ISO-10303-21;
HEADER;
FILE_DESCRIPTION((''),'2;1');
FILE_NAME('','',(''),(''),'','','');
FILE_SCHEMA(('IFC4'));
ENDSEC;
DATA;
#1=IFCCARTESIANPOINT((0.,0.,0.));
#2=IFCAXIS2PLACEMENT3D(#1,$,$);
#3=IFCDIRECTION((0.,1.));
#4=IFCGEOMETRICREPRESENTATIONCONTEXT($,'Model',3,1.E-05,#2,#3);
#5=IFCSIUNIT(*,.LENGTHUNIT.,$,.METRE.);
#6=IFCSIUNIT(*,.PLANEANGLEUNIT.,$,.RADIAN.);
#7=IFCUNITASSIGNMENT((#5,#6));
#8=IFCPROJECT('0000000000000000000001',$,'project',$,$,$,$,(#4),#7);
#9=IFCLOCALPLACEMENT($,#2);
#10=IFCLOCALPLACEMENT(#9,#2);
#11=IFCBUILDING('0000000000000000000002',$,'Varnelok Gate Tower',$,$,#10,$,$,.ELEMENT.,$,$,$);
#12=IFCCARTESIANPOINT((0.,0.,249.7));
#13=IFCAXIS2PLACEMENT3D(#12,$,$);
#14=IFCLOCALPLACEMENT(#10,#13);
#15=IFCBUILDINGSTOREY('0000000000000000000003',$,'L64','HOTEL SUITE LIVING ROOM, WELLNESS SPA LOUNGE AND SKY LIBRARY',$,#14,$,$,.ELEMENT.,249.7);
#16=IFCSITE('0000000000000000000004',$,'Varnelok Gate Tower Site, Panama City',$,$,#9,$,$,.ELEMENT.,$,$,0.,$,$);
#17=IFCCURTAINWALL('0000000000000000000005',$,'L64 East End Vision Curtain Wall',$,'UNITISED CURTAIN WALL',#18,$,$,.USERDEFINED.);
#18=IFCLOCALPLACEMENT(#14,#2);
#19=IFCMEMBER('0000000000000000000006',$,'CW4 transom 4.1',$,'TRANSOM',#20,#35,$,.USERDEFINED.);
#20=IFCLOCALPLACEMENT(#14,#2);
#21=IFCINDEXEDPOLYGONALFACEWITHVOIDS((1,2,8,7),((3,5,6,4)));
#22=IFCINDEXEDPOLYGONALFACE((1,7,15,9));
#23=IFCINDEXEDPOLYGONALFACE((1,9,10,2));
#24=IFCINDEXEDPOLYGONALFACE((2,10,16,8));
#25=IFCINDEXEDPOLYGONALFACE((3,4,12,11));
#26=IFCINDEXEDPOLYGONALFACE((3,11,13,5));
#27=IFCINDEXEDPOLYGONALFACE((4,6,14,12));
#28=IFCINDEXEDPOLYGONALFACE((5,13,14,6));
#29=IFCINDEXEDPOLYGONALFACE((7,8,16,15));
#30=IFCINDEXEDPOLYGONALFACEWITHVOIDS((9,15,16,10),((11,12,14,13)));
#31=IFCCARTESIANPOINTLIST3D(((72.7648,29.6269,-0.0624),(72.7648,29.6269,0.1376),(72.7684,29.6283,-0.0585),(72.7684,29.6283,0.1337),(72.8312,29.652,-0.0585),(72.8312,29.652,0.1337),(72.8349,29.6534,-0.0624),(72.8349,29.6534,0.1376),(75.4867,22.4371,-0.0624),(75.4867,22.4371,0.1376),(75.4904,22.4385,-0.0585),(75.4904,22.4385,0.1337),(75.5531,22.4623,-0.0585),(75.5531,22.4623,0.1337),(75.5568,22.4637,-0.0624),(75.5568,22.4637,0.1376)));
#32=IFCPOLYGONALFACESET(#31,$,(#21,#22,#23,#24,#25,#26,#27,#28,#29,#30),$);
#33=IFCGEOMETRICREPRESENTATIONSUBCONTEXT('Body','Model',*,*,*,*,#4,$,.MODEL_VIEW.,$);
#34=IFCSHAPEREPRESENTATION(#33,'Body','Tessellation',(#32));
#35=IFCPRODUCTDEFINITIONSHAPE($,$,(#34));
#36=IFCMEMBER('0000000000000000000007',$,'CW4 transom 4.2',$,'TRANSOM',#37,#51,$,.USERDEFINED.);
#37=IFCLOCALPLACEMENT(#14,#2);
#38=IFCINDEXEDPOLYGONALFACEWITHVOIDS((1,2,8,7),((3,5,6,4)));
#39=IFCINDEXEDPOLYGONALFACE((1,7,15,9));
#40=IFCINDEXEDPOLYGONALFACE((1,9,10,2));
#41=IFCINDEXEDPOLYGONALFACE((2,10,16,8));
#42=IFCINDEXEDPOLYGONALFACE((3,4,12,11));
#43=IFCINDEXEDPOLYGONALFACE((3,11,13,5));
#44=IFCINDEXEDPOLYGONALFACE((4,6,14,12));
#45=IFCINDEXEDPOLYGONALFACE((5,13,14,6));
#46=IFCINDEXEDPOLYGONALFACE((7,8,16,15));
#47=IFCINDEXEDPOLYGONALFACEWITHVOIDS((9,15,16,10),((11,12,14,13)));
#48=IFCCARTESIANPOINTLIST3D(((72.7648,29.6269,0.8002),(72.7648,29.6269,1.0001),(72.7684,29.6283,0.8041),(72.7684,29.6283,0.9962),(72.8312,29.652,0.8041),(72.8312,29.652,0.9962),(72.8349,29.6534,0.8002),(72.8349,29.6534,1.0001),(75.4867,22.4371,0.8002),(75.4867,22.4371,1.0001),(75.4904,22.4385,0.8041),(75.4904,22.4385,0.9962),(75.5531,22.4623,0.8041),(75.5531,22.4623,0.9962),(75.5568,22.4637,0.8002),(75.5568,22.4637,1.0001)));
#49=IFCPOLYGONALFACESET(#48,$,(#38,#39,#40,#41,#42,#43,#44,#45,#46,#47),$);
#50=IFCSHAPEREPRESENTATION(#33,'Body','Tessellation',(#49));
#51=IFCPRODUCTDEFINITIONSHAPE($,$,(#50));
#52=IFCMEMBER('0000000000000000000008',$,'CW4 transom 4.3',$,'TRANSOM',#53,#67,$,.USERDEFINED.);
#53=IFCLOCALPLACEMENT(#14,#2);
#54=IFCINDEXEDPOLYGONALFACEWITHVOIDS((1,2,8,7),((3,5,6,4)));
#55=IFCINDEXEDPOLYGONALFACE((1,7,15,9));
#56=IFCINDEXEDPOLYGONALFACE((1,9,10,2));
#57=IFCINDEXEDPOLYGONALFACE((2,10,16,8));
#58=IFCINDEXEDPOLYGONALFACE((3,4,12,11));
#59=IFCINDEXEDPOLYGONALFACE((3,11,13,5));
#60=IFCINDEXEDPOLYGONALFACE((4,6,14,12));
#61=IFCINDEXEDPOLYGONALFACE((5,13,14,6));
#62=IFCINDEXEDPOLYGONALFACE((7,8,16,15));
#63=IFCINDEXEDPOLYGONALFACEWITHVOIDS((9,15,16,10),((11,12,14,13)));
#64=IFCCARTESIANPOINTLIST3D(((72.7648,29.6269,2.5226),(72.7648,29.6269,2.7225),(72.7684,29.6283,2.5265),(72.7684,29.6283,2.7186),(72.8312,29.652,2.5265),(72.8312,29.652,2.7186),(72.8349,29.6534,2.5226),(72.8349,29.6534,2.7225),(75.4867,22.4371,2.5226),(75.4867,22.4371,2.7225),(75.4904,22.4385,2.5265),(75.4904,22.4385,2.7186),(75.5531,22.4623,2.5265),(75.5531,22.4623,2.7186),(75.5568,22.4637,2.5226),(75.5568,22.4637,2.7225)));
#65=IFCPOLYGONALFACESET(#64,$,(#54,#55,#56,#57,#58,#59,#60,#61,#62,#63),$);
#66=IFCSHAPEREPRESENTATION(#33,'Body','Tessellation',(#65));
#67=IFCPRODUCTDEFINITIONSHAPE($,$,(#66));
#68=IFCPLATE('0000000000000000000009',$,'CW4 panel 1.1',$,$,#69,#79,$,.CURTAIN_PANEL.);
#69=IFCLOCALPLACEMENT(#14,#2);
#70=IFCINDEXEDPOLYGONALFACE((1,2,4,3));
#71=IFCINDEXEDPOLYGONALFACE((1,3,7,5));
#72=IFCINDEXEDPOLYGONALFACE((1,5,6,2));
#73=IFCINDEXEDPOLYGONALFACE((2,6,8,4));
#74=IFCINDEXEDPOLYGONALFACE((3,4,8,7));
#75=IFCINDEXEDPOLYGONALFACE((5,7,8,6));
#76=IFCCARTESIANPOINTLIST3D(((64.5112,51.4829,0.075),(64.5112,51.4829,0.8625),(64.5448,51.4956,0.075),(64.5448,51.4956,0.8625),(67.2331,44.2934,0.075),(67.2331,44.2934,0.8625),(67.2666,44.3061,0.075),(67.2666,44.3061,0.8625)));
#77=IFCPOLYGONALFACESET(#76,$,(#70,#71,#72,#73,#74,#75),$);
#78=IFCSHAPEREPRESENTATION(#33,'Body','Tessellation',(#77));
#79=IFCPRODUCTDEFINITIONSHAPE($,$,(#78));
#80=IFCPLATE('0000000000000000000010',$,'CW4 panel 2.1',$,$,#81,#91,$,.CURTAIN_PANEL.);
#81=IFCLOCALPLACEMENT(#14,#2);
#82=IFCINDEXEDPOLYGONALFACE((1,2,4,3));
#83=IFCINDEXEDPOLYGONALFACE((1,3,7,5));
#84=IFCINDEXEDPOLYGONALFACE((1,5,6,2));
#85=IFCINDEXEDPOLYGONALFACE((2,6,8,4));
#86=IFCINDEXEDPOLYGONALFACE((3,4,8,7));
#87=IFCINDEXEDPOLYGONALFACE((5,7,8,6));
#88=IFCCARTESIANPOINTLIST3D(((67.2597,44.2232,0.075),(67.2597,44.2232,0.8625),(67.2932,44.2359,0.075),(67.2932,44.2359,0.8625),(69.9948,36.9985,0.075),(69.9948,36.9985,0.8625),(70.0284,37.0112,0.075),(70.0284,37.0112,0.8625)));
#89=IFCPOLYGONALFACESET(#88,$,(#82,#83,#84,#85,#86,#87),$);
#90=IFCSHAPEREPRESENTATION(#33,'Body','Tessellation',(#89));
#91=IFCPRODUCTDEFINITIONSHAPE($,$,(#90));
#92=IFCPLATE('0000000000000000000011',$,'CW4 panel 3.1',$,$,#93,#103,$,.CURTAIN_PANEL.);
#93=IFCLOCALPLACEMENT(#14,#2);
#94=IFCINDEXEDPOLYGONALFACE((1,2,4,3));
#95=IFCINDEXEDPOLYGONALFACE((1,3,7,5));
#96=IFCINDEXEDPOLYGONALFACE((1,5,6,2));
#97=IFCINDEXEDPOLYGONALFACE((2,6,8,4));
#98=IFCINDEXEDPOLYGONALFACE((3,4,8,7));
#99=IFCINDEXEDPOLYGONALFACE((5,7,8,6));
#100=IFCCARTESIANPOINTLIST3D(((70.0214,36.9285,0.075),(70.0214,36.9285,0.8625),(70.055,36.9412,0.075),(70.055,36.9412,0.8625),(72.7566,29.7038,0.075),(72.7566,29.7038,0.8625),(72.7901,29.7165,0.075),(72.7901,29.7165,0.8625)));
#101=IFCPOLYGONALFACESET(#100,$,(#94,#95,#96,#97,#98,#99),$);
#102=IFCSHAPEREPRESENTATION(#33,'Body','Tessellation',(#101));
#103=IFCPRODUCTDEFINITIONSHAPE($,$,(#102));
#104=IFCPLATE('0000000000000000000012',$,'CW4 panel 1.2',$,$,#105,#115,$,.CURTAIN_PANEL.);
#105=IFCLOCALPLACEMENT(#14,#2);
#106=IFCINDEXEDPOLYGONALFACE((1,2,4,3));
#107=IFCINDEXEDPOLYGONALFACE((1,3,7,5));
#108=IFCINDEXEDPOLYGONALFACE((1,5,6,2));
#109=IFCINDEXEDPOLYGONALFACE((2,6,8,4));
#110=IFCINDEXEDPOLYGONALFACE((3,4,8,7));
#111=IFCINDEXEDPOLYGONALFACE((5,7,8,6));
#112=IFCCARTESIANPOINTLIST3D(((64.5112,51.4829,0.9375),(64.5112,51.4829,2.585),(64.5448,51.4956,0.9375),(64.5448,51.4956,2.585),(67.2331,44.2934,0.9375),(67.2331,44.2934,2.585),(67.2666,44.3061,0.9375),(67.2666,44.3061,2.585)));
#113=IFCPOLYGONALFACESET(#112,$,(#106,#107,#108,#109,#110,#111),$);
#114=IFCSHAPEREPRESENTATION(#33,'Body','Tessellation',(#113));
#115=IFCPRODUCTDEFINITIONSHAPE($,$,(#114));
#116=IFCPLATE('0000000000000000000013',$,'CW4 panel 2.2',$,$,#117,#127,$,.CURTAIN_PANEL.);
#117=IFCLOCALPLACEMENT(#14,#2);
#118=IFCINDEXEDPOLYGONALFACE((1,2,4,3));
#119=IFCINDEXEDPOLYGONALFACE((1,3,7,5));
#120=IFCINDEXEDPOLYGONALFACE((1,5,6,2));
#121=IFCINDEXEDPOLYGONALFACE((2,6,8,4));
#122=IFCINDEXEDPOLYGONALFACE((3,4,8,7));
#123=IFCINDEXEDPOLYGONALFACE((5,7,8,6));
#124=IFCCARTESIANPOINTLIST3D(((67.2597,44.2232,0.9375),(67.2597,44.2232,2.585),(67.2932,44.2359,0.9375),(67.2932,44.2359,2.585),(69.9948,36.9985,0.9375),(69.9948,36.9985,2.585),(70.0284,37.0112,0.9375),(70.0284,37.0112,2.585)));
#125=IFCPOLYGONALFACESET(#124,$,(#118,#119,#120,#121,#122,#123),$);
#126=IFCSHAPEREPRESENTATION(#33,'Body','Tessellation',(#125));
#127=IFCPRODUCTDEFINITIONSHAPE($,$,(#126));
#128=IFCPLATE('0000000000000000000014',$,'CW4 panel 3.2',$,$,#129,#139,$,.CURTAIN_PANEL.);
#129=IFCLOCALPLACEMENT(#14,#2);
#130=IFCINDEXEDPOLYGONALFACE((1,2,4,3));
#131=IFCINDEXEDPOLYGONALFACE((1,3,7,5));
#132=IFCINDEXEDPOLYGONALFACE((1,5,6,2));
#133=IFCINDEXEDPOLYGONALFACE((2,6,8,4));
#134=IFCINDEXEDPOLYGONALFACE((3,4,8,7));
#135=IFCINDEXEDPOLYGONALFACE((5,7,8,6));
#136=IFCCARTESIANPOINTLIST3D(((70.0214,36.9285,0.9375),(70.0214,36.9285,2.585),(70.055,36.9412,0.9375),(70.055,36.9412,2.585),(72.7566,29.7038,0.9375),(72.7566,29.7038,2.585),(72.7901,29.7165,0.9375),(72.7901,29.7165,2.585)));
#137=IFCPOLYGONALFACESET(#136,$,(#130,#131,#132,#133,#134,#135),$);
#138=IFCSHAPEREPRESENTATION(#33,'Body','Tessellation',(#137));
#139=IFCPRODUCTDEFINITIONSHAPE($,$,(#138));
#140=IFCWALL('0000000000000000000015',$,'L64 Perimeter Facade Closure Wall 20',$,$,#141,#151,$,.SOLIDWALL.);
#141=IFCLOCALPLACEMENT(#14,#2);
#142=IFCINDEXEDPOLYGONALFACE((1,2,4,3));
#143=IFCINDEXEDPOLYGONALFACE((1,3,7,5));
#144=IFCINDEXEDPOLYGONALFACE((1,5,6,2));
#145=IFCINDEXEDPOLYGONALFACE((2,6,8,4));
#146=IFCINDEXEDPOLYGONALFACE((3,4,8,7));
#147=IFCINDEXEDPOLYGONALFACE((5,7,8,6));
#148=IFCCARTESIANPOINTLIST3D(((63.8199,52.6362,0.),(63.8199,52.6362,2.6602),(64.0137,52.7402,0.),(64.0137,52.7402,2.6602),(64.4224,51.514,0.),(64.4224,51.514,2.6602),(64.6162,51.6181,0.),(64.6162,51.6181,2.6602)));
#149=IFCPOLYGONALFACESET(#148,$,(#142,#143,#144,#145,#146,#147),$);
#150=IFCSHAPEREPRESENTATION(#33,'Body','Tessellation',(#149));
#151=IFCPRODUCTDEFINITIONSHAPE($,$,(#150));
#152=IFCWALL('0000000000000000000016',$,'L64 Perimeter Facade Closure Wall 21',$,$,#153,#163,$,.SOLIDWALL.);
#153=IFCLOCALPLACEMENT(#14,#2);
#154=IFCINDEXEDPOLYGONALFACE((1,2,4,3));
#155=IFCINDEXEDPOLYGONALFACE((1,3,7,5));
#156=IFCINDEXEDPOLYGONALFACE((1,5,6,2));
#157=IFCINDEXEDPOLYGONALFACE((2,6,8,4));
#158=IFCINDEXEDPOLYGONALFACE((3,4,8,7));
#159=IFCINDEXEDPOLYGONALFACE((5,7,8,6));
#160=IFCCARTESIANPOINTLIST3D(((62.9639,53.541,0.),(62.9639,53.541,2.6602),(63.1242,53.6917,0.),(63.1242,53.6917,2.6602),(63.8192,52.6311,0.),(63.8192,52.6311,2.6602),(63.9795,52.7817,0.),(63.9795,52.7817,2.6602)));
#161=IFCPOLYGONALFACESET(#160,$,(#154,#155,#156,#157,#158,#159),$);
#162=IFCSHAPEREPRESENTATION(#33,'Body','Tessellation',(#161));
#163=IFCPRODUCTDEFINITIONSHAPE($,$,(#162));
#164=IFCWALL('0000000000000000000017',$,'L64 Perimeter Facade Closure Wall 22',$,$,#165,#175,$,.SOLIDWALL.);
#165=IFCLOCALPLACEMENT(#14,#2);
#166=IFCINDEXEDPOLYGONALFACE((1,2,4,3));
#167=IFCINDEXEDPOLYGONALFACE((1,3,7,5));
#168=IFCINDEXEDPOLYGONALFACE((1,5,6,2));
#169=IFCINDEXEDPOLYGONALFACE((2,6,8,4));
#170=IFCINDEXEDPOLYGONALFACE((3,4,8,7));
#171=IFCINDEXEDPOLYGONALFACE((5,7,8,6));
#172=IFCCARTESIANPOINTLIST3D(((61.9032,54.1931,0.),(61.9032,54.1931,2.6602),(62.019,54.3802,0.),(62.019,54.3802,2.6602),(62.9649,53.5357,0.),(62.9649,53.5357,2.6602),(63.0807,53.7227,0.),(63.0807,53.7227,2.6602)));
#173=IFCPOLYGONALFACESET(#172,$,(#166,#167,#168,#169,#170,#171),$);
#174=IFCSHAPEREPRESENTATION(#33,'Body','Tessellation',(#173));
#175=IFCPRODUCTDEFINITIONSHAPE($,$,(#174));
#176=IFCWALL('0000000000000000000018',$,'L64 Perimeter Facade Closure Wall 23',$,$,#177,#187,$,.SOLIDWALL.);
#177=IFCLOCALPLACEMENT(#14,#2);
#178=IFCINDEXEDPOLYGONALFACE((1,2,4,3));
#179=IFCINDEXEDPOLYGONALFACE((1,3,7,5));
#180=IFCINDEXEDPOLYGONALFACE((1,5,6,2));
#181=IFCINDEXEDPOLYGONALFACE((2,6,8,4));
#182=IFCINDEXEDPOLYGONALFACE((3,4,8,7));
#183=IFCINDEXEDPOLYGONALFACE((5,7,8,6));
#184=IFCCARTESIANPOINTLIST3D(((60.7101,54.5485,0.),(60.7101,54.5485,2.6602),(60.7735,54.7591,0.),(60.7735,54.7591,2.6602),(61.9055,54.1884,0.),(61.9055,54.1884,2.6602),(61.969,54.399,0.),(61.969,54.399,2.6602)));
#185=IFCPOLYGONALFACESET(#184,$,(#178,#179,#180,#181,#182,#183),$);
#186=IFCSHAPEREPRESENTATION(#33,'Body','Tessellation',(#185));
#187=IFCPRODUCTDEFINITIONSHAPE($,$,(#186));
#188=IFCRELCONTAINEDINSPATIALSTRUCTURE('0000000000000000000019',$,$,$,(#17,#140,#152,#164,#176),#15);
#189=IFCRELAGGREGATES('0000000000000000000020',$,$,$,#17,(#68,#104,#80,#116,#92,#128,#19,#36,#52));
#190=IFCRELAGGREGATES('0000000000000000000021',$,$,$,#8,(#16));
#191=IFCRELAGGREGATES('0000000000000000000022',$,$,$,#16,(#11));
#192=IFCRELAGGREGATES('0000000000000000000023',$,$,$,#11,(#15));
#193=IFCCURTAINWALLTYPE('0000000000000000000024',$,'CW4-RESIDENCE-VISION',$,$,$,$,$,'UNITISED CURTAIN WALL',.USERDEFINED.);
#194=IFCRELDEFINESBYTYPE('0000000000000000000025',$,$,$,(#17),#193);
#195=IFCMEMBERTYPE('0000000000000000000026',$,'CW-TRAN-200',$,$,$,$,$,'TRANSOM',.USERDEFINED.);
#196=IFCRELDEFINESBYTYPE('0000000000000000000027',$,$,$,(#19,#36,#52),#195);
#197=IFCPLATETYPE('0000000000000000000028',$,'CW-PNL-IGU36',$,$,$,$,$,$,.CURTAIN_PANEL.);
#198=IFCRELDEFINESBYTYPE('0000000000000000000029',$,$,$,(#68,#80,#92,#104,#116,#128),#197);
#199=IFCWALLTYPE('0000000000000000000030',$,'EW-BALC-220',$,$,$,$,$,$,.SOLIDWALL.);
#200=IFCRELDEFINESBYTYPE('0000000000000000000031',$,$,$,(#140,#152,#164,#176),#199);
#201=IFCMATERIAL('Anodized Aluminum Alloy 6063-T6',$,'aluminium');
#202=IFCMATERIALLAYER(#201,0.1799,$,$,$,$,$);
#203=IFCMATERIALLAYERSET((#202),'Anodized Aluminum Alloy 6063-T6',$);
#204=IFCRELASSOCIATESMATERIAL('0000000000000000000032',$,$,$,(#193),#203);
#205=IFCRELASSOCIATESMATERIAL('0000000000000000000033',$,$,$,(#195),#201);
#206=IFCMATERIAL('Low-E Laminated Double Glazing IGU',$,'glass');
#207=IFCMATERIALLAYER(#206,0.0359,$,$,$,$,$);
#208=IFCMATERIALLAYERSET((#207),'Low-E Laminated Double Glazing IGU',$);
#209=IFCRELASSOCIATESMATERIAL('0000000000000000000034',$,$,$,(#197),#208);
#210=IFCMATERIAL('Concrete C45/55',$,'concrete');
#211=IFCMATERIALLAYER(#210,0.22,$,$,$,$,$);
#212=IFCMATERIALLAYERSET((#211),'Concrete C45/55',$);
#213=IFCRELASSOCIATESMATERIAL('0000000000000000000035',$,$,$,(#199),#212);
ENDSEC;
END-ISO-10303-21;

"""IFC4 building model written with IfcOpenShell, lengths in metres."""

from ifc_helpers import new_model, si_unit, direction, frame, frame_2d, origin, origin_2d, place, context, subcontext, project, spatial, rectangle, hollow_rectangle, extrude, source, transform, mapped, material, layer, layer_set, material_profile, profile_set, type_object, element, aggregate, save


model = new_model("IFC4")

# Units and contexts
model_context = context("Model", 3, precision=1e-05, world=origin(), true_north=direction((0.0, 1.0)))
body_context = subcontext(model_context, "Body", "Model", "MODEL_VIEW")
ifc_project = project(units=[si_unit("LENGTHUNIT", "METRE"), si_unit("PLANEANGLEUNIT", "RADIAN")], contexts=[model_context])

# Site, building, storey
site_placement = place(None, origin())
site = spatial("IfcSite", under=ifc_project, at=site_placement, Name="Varnelok Gate Tower Site, Panama City", CompositionType="ELEMENT", RefElevation=0.0)
building_placement = place(site_placement, origin())
building = spatial("IfcBuilding", under=site, at=building_placement, Name="Varnelok Gate Tower", CompositionType="ELEMENT")
storey_placement = place(building_placement, frame((0.0, 0.0, 249.7)))
storey = spatial("IfcBuildingStorey", under=building, at=storey_placement, Name="L64", Description="HOTEL SUITE LIVING ROOM, WELLNESS SPA LOUNGE AND SKY LIBRARY", CompositionType="ELEMENT", Elevation=249.7)

# Curtain wall, members, plates
ifc_material_1 = material(Name="Anodized Aluminum Alloy 6063-T6", Category="aluminium")
ifc_layer_1 = layer(ifc_material_1, 0.1799)
ifc_layer_set_1 = layer_set([ifc_layer_1], Name="Anodized Aluminum Alloy 6063-T6")
curtain_wall_type = type_object("IfcCurtainWallType", Name="CW4-RESIDENCE-VISION", ElementType="UNITISED CURTAIN WALL", PredefinedType="USERDEFINED", material=ifc_layer_set_1)
curtain_wall_placement = place(storey_placement, origin())
curtain_wall = element("IfcCurtainWall", 1, at=curtain_wall_placement, inside=storey, type_object=curtain_wall_type, Name="L64 East End Vision Curtain Wall", ObjectType="UNITISED CURTAIN WALL", PredefinedType="USERDEFINED")
ifc_material_profile_1 = material_profile(ifc_material_1, hollow_rectangle(XDim=0.075, YDim=0.2, WallThickness=0.0039, at=origin_2d()), Name="ALU200X75X4")
ifc_profile_set_1 = profile_set([ifc_material_profile_1], Name="Anodized Aluminum Alloy 6063-T6")
member_type_1 = type_object("IfcMemberType", Name="CW-TRAN-200", ElementType="TRANSOM", PredefinedType="USERDEFINED", material=ifc_profile_set_1)
member_1_placement = place(storey_placement, frame((72.7998, 29.6401, 0.0376), z_axis=(0.354063, -0.935222, 0.0), x_axis=(0.935222, 0.354063, 0.0)))
member_1 = element("IfcMember", 2, at=member_1_placement, type_object=member_type_1, Name="CW4 transom 4.1", ObjectType="TRANSOM", PredefinedType="USERDEFINED", context=body_context, shape_type="SweptSolid", body=[
    extrude(hollow_rectangle(XDim=0.075, YDim=0.2, WallThickness=0.0039, at=origin_2d()), origin(), (0.0, 0.0, 1.0), 7.6877),
])
member_2_placement = place(storey_placement, frame((72.7998, 29.6401, 0.9001), z_axis=(0.354063, -0.935222, 0.0), x_axis=(0.935222, 0.354063, 0.0)))
member_2 = element("IfcMember", 3, at=member_2_placement, type_object=member_type_1, Name="CW4 transom 4.2", ObjectType="TRANSOM", PredefinedType="USERDEFINED", context=body_context, shape_type="SweptSolid", body=[
    extrude(hollow_rectangle(XDim=0.075, YDim=0.2, WallThickness=0.0039, at=origin_2d()), origin(), (0.0, 0.0, 1.0), 7.6877),
])
member_3_placement = place(storey_placement, frame((72.7998, 29.6401, 2.6226), z_axis=(0.354063, -0.935222, 0.0), x_axis=(0.935222, 0.354063, 0.0)))
member_3 = element("IfcMember", 4, at=member_3_placement, type_object=member_type_1, Name="CW4 transom 4.3", ObjectType="TRANSOM", PredefinedType="USERDEFINED", context=body_context, shape_type="SweptSolid", body=[
    extrude(hollow_rectangle(XDim=0.075, YDim=0.2, WallThickness=0.0039, at=origin_2d()), origin(), (0.0, 0.0, 1.0), 7.6877),
])
ifc_material_2 = material(Name="Low-E Laminated Double Glazing IGU", Category="glass")
ifc_layer_2 = layer(ifc_material_2, 0.0359)
ifc_layer_set_2 = layer_set([ifc_layer_2], Name="Low-E Laminated Double Glazing IGU")
plate_type = type_object("IfcPlateType", Name="CW-PNL-IGU36", PredefinedType="CURTAIN_PANEL", material=ifc_layer_set_2)
shared_shape_1 = source(origin(), body_context, "Body", "SweptSolid", [
    extrude(rectangle(XDim=7.6875, YDim=0.0359, at=origin_2d()), origin(), (0.0, 0.0, 1.0), 0.7876),
])
plate_1_placement = place(storey_placement, frame((65.8889, 47.8945, 0.075), z_axis=(0.0, 0.0, 1.0), x_axis=(0.354063, -0.935222, 0.0)))
plate_1 = element("IfcPlate", 5, at=plate_1_placement, type_object=plate_type, Name="CW4 panel 1.1", PredefinedType="CURTAIN_PANEL", context=body_context, shape_type="MappedRepresentation", body=[
    mapped(shared_shape_1, transform((0.0, 0.0, 0.0), scale=1.0)),
])
shared_shape_2 = source(origin(), body_context, "Body", "SweptSolid", [
    extrude(rectangle(XDim=7.7251, YDim=0.0359, at=origin_2d()), origin(), (0.0, 0.0, 1.0), 0.7876),
])
plate_2_placement = place(storey_placement, frame((68.644, 40.6172, 0.075), z_axis=(0.0, 0.0, 1.0), x_axis=(0.354063, -0.935222, 0.0)))
plate_2 = element("IfcPlate", 6, at=plate_2_placement, type_object=plate_type, Name="CW4 panel 2.1", PredefinedType="CURTAIN_PANEL", context=body_context, shape_type="MappedRepresentation", body=[
    mapped(shared_shape_2, transform((0.0, 0.0, 0.0), scale=1.0)),
])
plate_3_placement = place(storey_placement, frame((71.4058, 33.3225, 0.075), z_axis=(0.0, 0.0, 1.0), x_axis=(0.354063, -0.935222, 0.0)))
plate_3 = element("IfcPlate", 7, at=plate_3_placement, type_object=plate_type, Name="CW4 panel 3.1", PredefinedType="CURTAIN_PANEL", context=body_context, shape_type="MappedRepresentation", body=[
    mapped(shared_shape_2, transform((0.0, 0.0, 0.0), scale=1.0)),
])
shared_shape_3 = source(origin(), body_context, "Body", "SweptSolid", [
    extrude(rectangle(XDim=7.6875, YDim=0.0359, at=origin_2d()), origin(), (0.0, 0.0, 1.0), 1.6475),
])
plate_4_placement = place(storey_placement, frame((65.8889, 47.8945, 0.9375), z_axis=(0.0, 0.0, 1.0), x_axis=(0.354063, -0.935222, 0.0)))
plate_4 = element("IfcPlate", 8, at=plate_4_placement, type_object=plate_type, Name="CW4 panel 1.2", PredefinedType="CURTAIN_PANEL", context=body_context, shape_type="MappedRepresentation", body=[
    mapped(shared_shape_3, transform((0.0, 0.0, 0.0), scale=1.0)),
])
shared_shape_4 = source(origin(), body_context, "Body", "SweptSolid", [
    extrude(rectangle(XDim=7.7251, YDim=0.0359, at=origin_2d()), origin(), (0.0, 0.0, 1.0), 1.6475),
])
plate_5_placement = place(storey_placement, frame((68.644, 40.6172, 0.9375), z_axis=(0.0, 0.0, 1.0), x_axis=(0.354063, -0.935222, 0.0)))
plate_5 = element("IfcPlate", 9, at=plate_5_placement, type_object=plate_type, Name="CW4 panel 2.2", PredefinedType="CURTAIN_PANEL", context=body_context, shape_type="MappedRepresentation", body=[
    mapped(shared_shape_4, transform((0.0, 0.0, 0.0), scale=1.0)),
])
plate_6_placement = place(storey_placement, frame((71.4058, 33.3225, 0.9375), z_axis=(0.0, 0.0, 1.0), x_axis=(0.354063, -0.935222, 0.0)))
plate_6 = element("IfcPlate", 10, at=plate_6_placement, type_object=plate_type, Name="CW4 panel 3.2", PredefinedType="CURTAIN_PANEL", context=body_context, shape_type="MappedRepresentation", body=[
    mapped(shared_shape_4, transform((0.0, 0.0, 0.0), scale=1.0)),
])
aggregate(curtain_wall, [plate_1, plate_4, plate_2, plate_5, plate_3, plate_6, member_1, member_2, member_3])

# Walls
ifc_material_3 = material(Name="Concrete C45/55", Category="concrete")
ifc_layer_3 = layer(ifc_material_3, 0.22)
ifc_layer_set_3 = layer_set([ifc_layer_3], Name="Concrete C45/55")
wall_type_1 = type_object("IfcWallType", Name="EW-BALC-220", PredefinedType="SOLIDWALL", material=ifc_layer_set_3)
wall_1_placement = place(storey_placement, frame((64.5193, 51.5662, 0.0), z_axis=(0.0, 0.0, 1.0), x_axis=(-0.473094, 0.881012, 0.0)))
element("IfcWall", 11, at=wall_1_placement, inside=storey, type_object=wall_type_1, Name="L64 Perimeter Facade Closure Wall 20", PredefinedType="SOLIDWALL", context=body_context, shape_type="SweptSolid", body=[
    extrude(rectangle(XDim=1.2737, YDim=0.22, at=frame_2d((0.6367, 0.0))), origin(), (0.0, 0.0, 1.0), 2.6602),
])
for number, where, z_axis, x_axis, name in (
    (12, (63.8994, 52.7063, 0.0), (0.0, 0.0, 1.0), (-0.684871, 0.728665, 0.0), "L64 Perimeter Facade Closure Wall 21"),
    (13, (63.0229, 53.6292, 0.0), (0.0, 0.0, 1.0), (-0.850198, 0.526462, 0.0), "L64 Perimeter Facade Closure Wall 22"),
):
    element("IfcWall", number, at=place(storey_placement, frame(where, z_axis=z_axis, x_axis=x_axis)), inside=storey, type_object=wall_type_1, Name=name, PredefinedType="SOLIDWALL", context=body_context, shape_type="SweptSolid", body=[
        extrude(rectangle(XDim=1.2488, YDim=0.22, at=frame_2d((0.6245, 0.0))), origin(), (0.0, 0.0, 1.0), 2.6602),
    ])
for number, where, z_axis, x_axis, name in (
    (14, (61.9373, 54.2937, 0.0), (0.0, 0.0, 1.0), (-0.957508, 0.288406, 0.0), "L64 Perimeter Facade Closure Wall 23"),
):
    element("IfcWall", number, at=place(storey_placement, frame(where, z_axis=z_axis, x_axis=x_axis)), inside=storey, type_object=wall_type_1, Name=name, PredefinedType="SOLIDWALL", context=body_context, shape_type="SweptSolid", body=[
        extrude(rectangle(XDim=1.2485, YDim=0.22, at=frame_2d((0.6243, 0.0))), origin(), (0.0, 0.0, 1.0), 2.6602),
    ])

save(model, "model.ifc")
